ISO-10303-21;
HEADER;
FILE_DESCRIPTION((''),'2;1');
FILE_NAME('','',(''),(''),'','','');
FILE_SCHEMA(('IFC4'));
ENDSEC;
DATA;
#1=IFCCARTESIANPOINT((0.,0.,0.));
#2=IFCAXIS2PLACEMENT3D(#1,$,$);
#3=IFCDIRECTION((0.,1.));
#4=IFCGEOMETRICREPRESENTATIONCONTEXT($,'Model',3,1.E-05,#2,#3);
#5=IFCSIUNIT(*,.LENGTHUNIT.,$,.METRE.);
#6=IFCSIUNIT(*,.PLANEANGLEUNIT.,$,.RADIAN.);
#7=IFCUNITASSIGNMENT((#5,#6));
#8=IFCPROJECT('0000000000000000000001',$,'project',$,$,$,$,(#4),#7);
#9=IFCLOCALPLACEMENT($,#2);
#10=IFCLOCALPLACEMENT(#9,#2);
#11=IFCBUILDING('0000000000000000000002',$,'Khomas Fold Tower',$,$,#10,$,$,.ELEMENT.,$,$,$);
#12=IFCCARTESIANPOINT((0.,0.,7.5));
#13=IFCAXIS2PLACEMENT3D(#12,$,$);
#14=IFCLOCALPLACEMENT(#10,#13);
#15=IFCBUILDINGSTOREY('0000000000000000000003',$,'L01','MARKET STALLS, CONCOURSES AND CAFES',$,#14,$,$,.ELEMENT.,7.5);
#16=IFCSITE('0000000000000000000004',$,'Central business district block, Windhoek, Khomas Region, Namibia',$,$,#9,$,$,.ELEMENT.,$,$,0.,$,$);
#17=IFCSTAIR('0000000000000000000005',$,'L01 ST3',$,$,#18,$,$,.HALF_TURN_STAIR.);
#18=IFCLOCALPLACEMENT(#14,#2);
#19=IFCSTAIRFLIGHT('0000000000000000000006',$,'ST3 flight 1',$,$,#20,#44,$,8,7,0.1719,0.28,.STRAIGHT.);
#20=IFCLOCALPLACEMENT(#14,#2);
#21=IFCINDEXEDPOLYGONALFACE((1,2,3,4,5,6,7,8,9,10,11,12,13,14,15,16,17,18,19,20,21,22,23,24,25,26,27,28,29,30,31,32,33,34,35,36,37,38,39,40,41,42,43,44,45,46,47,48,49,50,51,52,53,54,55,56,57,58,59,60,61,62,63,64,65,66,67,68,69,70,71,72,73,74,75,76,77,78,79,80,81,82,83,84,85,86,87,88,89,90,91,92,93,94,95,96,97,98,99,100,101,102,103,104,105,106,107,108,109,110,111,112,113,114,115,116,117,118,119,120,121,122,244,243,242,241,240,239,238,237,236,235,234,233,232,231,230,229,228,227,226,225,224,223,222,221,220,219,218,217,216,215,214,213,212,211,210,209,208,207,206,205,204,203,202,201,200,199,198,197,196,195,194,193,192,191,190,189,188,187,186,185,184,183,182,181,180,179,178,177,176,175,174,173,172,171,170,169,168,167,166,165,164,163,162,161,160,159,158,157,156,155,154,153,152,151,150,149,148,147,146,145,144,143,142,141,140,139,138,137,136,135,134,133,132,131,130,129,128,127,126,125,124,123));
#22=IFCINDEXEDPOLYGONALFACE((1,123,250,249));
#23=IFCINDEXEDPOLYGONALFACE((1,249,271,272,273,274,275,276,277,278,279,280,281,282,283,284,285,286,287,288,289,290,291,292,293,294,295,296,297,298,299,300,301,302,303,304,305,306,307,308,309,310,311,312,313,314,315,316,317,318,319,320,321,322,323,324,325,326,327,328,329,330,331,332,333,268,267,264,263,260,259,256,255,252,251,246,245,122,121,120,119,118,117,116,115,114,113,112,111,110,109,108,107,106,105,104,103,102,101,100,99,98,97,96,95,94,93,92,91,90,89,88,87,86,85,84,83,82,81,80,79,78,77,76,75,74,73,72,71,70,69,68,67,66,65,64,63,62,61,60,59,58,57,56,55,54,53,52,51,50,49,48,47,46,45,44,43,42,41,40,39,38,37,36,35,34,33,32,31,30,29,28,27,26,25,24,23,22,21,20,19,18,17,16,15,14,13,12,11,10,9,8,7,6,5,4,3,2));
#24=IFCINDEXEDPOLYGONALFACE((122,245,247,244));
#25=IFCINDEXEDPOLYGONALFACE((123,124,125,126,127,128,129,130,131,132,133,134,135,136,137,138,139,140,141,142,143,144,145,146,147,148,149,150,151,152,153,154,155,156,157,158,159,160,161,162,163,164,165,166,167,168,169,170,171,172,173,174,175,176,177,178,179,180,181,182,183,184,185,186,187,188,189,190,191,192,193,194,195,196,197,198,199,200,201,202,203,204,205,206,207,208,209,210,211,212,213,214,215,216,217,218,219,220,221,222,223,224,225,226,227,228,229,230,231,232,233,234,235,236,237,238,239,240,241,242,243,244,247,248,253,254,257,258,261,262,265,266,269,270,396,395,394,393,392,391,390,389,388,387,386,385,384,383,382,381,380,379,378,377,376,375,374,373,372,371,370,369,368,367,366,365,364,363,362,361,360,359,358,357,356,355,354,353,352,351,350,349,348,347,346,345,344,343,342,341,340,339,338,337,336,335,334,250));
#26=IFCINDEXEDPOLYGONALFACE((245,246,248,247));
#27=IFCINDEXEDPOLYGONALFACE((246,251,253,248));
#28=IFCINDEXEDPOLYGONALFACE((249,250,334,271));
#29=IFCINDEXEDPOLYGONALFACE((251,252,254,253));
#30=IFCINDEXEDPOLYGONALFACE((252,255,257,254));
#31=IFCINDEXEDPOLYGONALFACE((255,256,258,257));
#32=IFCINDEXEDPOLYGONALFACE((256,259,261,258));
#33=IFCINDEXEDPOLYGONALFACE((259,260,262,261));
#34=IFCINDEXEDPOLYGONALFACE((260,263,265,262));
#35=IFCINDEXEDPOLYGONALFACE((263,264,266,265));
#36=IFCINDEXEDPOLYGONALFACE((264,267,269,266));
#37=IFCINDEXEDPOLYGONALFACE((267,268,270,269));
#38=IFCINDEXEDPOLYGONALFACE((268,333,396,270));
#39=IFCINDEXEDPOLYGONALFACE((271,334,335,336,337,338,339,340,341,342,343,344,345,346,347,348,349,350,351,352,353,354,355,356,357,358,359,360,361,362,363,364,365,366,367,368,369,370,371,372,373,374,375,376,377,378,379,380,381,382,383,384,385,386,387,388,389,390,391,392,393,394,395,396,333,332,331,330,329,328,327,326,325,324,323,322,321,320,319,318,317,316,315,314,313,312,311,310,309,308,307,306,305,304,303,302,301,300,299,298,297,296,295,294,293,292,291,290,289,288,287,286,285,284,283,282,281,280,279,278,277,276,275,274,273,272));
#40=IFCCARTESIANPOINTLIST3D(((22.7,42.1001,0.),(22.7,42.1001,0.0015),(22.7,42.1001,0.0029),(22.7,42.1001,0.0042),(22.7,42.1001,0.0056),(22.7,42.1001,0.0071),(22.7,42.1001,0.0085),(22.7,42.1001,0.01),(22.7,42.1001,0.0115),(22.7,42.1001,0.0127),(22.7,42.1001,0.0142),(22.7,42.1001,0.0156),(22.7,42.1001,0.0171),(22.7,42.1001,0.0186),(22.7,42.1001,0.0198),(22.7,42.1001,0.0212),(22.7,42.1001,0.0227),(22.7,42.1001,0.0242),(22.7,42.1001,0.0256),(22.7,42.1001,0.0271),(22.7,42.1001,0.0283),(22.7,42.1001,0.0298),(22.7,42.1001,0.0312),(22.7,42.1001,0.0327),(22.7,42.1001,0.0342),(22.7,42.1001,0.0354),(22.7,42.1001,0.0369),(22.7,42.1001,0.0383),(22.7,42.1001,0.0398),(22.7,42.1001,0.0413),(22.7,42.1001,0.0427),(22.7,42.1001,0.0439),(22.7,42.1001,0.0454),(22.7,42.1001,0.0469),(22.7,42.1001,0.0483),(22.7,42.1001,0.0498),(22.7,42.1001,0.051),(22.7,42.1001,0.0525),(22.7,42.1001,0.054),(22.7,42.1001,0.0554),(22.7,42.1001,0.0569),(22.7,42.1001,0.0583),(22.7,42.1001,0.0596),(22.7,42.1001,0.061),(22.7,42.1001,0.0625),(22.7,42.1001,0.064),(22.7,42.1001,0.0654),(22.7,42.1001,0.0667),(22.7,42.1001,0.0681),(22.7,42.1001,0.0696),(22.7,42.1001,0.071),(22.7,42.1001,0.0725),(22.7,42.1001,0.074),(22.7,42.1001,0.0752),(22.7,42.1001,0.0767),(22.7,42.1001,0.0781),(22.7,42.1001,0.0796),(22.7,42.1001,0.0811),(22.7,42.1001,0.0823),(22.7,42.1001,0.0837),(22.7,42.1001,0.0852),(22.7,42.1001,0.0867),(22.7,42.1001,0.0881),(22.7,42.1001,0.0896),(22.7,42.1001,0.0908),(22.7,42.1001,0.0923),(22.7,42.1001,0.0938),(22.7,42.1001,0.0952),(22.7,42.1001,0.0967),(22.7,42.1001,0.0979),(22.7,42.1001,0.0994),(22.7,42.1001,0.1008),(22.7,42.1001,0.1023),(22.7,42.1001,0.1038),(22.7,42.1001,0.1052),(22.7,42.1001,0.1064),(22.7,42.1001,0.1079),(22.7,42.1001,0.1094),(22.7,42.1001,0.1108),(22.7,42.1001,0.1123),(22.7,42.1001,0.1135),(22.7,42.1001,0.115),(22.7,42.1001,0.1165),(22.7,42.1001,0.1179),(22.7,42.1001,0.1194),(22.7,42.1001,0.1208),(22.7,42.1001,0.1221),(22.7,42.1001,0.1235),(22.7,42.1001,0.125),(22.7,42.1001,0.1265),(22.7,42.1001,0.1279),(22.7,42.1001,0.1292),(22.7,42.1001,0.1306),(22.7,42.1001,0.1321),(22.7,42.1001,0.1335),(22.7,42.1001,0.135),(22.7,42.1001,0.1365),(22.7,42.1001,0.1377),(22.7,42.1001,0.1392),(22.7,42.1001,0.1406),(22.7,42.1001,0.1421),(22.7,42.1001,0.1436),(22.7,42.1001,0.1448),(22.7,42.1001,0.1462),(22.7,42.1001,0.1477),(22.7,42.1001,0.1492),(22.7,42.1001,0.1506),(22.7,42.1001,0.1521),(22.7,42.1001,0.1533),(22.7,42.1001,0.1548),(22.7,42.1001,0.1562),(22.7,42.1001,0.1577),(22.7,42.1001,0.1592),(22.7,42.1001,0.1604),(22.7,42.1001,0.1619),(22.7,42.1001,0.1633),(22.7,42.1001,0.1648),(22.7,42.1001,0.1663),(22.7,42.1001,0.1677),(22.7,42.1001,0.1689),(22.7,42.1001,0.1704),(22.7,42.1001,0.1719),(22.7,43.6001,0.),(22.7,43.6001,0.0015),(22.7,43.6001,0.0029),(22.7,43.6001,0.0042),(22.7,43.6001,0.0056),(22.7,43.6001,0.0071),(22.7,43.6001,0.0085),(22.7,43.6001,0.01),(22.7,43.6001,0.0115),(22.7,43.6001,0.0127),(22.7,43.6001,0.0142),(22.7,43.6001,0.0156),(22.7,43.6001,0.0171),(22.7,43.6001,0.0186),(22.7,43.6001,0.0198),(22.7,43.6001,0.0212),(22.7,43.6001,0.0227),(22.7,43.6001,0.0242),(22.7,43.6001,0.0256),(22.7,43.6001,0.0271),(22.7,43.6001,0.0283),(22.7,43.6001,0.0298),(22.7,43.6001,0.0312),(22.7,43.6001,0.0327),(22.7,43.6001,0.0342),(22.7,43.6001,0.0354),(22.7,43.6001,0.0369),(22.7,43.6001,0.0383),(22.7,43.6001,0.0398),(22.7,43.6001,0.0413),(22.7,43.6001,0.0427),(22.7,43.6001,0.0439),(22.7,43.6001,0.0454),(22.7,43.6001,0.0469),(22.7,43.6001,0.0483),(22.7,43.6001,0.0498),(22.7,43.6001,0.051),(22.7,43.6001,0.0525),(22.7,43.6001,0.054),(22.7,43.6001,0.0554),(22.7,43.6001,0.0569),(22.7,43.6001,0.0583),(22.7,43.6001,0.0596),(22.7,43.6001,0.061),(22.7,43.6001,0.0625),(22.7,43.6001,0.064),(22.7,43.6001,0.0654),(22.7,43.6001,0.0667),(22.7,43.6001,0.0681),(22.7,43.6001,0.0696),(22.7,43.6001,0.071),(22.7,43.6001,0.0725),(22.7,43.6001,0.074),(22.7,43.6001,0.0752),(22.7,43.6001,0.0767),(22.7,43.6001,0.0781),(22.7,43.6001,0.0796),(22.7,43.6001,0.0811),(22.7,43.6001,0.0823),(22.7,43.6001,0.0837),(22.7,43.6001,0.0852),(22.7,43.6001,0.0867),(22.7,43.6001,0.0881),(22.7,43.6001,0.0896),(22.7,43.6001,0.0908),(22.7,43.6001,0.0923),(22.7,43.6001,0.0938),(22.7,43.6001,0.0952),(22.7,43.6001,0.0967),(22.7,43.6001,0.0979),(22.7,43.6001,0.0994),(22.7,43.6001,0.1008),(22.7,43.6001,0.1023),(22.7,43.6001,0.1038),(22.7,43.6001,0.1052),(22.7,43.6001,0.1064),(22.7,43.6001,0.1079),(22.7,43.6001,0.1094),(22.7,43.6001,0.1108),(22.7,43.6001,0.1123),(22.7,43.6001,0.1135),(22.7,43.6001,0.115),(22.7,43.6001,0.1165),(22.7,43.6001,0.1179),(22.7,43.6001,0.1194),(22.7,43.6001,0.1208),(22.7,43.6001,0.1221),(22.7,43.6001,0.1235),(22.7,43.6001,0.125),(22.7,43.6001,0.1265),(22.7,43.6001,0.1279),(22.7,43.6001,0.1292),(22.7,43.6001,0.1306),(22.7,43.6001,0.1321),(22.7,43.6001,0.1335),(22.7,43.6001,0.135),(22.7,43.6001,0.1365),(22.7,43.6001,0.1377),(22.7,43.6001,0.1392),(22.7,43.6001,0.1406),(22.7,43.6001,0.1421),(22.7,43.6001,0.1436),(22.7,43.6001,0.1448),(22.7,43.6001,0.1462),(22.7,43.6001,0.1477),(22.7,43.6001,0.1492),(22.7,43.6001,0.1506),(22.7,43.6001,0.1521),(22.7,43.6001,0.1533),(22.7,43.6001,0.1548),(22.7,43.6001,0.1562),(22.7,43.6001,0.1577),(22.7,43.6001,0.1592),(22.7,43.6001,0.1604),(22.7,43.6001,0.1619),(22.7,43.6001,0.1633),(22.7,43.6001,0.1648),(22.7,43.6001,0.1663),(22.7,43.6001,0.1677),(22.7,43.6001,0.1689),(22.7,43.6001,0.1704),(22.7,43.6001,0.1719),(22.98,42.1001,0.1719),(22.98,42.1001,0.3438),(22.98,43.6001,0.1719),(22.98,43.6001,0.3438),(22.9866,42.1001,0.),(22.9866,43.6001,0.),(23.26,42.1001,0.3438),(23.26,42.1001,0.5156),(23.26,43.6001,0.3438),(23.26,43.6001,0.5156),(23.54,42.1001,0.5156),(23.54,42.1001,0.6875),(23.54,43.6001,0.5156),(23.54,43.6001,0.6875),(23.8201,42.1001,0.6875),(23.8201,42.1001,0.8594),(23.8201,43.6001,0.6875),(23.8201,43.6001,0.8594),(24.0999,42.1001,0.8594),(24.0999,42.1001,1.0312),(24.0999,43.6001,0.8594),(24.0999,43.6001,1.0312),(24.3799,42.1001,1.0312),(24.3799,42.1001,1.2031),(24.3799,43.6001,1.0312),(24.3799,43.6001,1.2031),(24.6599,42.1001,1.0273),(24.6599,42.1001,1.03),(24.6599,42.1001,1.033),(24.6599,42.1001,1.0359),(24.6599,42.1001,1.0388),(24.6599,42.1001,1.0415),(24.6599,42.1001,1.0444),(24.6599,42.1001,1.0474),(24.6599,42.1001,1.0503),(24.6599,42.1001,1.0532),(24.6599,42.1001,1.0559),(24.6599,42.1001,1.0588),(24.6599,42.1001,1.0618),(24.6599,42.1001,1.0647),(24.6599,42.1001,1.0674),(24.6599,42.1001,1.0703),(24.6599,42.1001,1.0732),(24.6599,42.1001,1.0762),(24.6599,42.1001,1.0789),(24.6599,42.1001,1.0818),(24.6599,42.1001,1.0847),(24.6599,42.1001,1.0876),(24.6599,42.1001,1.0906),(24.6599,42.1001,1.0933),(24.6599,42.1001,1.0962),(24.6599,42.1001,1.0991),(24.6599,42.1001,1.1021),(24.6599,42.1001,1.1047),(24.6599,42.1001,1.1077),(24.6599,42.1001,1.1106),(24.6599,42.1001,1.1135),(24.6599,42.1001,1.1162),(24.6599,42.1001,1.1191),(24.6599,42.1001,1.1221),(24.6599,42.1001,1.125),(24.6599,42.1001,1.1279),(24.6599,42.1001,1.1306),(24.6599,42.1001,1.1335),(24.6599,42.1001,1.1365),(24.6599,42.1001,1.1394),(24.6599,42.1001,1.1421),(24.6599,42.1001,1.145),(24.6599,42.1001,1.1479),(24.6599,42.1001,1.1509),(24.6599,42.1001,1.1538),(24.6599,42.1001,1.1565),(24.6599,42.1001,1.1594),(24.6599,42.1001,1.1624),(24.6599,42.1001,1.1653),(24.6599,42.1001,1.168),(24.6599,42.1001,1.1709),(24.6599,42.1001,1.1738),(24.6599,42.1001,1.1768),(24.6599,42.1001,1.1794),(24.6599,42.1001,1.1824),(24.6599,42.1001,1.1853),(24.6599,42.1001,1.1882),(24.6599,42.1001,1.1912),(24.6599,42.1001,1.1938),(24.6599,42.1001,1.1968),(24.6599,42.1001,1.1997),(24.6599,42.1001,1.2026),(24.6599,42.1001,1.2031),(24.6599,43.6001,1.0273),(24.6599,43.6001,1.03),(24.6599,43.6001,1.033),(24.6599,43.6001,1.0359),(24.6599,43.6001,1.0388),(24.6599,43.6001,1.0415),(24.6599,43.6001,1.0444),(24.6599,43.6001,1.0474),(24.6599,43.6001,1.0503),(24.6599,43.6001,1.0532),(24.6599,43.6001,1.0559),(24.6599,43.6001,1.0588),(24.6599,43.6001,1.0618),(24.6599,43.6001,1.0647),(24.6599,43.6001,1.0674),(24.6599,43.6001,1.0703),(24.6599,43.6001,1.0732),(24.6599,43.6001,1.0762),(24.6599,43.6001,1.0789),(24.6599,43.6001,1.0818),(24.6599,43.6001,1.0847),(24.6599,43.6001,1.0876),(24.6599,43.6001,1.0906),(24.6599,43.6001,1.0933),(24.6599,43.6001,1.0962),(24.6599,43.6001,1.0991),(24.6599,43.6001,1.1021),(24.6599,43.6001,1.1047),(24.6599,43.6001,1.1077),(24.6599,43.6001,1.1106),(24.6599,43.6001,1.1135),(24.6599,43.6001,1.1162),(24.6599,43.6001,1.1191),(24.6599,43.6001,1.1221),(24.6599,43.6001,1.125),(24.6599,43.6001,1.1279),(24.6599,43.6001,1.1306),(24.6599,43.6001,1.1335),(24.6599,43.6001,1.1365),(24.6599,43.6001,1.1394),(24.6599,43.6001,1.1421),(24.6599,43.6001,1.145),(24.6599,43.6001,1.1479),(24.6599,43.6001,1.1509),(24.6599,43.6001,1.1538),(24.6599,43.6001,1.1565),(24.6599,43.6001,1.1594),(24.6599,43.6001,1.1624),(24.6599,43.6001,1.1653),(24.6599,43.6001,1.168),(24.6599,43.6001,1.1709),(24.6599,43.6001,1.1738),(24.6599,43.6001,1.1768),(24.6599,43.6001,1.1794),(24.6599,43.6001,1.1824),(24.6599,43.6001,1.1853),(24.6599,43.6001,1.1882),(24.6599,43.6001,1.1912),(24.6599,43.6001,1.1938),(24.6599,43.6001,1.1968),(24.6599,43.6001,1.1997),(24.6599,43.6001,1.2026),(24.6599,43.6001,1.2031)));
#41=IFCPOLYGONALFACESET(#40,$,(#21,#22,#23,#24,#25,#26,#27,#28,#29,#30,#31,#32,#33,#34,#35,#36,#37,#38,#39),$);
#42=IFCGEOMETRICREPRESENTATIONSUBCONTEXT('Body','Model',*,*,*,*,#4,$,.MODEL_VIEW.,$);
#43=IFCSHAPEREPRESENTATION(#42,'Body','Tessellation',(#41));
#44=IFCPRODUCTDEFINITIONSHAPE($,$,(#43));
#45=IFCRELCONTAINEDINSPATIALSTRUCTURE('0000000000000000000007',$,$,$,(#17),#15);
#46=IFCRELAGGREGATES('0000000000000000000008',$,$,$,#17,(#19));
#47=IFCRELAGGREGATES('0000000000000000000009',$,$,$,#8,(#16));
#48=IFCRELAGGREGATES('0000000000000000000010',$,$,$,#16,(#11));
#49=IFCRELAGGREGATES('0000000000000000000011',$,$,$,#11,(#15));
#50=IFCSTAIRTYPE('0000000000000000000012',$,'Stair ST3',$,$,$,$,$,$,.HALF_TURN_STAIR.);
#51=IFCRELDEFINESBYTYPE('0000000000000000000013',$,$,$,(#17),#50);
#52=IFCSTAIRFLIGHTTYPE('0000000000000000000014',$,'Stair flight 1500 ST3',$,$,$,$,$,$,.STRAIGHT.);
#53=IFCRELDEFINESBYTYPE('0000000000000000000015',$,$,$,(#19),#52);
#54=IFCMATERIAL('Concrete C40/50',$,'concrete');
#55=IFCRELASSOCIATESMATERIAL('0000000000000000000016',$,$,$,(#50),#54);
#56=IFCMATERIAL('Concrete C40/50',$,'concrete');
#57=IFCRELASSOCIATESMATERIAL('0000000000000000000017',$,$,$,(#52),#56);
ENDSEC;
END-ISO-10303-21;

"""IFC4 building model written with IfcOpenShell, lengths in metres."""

from ifc_helpers import new_model, si_unit, direction, frame, origin, place, context, subcontext, project, spatial, polyline, outline, extrude, source, transform, mapped, material, type_object, element, aggregate, save


model = new_model("IFC4")

# Units and contexts
model_context = context("Model", 3, precision=1e-05, world=origin(), true_north=direction((0.0, 1.0)))
body_context = subcontext(model_context, "Body", "Model", "MODEL_VIEW")
ifc_project = project(units=[si_unit("LENGTHUNIT", "METRE"), si_unit("PLANEANGLEUNIT", "RADIAN")], contexts=[model_context])

# Site, building, storey
site_placement = place(None, origin())
site = spatial("IfcSite", under=ifc_project, at=site_placement, Name="Central business district block, Windhoek, Khomas Region, Namibia", CompositionType="ELEMENT", RefElevation=0.0)
building_placement = place(site_placement, origin())
building = spatial("IfcBuilding", under=site, at=building_placement, Name="Khomas Fold Tower", CompositionType="ELEMENT")
storey_placement = place(building_placement, frame((0.0, 0.0, 7.5)))
storey = spatial("IfcBuildingStorey", under=building, at=storey_placement, Name="L01", Description="MARKET STALLS, CONCOURSES AND CAFES", CompositionType="ELEMENT", Elevation=7.5)

# Stair, stair flight
shared_shape_1 = source(origin(), body_context, "Body", "SweptSolid", [
    extrude(outline(polyline([(0.0, 0.0), (0.0, 0.0015), (0.0, 0.0029), (0.0, 0.0042), (0.0, 0.0056), (0.0, 0.0071), (0.0, 0.0085), (0.0, 0.01), (0.0, 0.0115), (0.0, 0.0127), (0.0, 0.0142), (0.0, 0.0156), (0.0, 0.0171), (0.0, 0.0186), (0.0, 0.0198), (0.0, 0.0212), (0.0, 0.0227), (0.0, 0.0242), (0.0, 0.0256), (0.0, 0.0271), (0.0, 0.0283), (0.0, 0.0298), (0.0, 0.0312), (0.0, 0.0327), (0.0, 0.0342), (0.0, 0.0354), (0.0, 0.0369), (0.0, 0.0383), (0.0, 0.0398), (0.0, 0.0413), (0.0, 0.0427), (0.0, 0.0439), (0.0, 0.0454), (0.0, 0.0469), (0.0, 0.0483), (0.0, 0.0498), (0.0, 0.051), (0.0, 0.0525), (0.0, 0.054), (0.0, 0.0554), (0.0, 0.0569), (0.0, 0.0583), (0.0, 0.0596), (0.0, 0.061), (0.0, 0.0625), (0.0, 0.064), (0.0, 0.0654), (0.0, 0.0667), (0.0, 0.0681), (0.0, 0.0696), (0.0, 0.071), (0.0, 0.0725), (0.0, 0.074), (0.0, 0.0752), (0.0, 0.0767), (0.0, 0.0781), (0.0, 0.0796), (0.0, 0.0811), (0.0, 0.0823), (0.0, 0.0837), (0.0, 0.0852), (0.0, 0.0867), (0.0, 0.0881), (0.0, 0.0896), (0.0, 0.0908), (0.0, 0.0923), (0.0, 0.0938), (0.0, 0.0952), (0.0, 0.0967), (0.0, 0.0979), (0.0, 0.0994), (0.0, 0.1008), (0.0, 0.1023), (0.0, 0.1038), (0.0, 0.1052), (0.0, 0.1064), (0.0, 0.1079), (0.0, 0.1094), (0.0, 0.1108), (0.0, 0.1123), (0.0, 0.1135), (0.0, 0.115), (0.0, 0.1165), (0.0, 0.1179), (0.0, 0.1194), (0.0, 0.1208), (0.0, 0.1221), (0.0, 0.1235), (0.0, 0.125), (0.0, 0.1265), (0.0, 0.1279), (0.0, 0.1292), (0.0, 0.1306), (0.0, 0.1321), (0.0, 0.1335), (0.0, 0.135), (0.0, 0.1365), (0.0, 0.1377), (0.0, 0.1392), (0.0, 0.1406), (0.0, 0.1421), (0.0, 0.1436), (0.0, 0.1448), (0.0, 0.1462), (0.0, 0.1477), (0.0, 0.1492), (0.0, 0.1506), (0.0, 0.1521), (0.0, 0.1533), (0.0, 0.1548), (0.0, 0.1562), (0.0, 0.1577), (0.0, 0.1592), (0.0, 0.1604), (0.0, 0.1619), (0.0, 0.1633), (0.0, 0.1648), (0.0, 0.1663), (0.0, 0.1677), (0.0, 0.1689), (0.0, 0.1704), (0.0, 0.1719), (0.28, 0.1719), (0.28, 0.3438), (0.5601, 0.3438), (0.5601, 0.5156), (0.8401, 0.5156), (0.8401, 0.6875), (1.1201, 0.6875), (1.1201, 0.8594), (1.3999, 0.8594), (1.3999, 1.0312), (1.6799, 1.0312), (1.6799, 1.2031), (1.96, 1.2031), (1.96, 1.375), (1.96, 1.3721), (1.96, 1.3691), (1.96, 1.3665), (1.96, 1.3635), (1.96, 1.3606), (1.96, 1.3577), (1.96, 1.355), (1.96, 1.3521), (1.96, 1.3491), (1.96, 1.3462), (1.96, 1.3435), (1.96, 1.3406), (1.96, 1.3376), (1.96, 1.3347), (1.96, 1.3318), (1.96, 1.3291), (1.96, 1.3262), (1.96, 1.3232), (1.96, 1.3203), (1.96, 1.3176), (1.96, 1.3147), (1.96, 1.3118), (1.96, 1.3088), (1.96, 1.3059), (1.96, 1.3032), (1.96, 1.3003), (1.96, 1.2974), (1.96, 1.2944), (1.96, 1.2917), (1.96, 1.2888), (1.96, 1.2859), (1.96, 1.283), (1.96, 1.2803), (1.96, 1.2773), (1.96, 1.2744), (1.96, 1.2715), (1.96, 1.2686), (1.96, 1.2659), (1.96, 1.2629), (1.96, 1.26), (1.96, 1.2571), (1.96, 1.2544), (1.96, 1.2515), (1.96, 1.2485), (1.96, 1.2456), (1.96, 1.2427), (1.96, 1.24), (1.96, 1.2371), (1.96, 1.2341), (1.96, 1.2312), (1.96, 1.2285), (1.96, 1.2256), (1.96, 1.2227), (1.96, 1.2197), (1.96, 1.217), (1.96, 1.2141), (1.96, 1.2112), (1.96, 1.2083), (1.96, 1.2053), (1.96, 1.2026), (1.96, 1.1997), (1.96, 1.1968), (1.96, 1.1938), (1.96, 1.1912), (1.96, 1.1882), (1.96, 1.1853), (1.96, 1.1824), (1.96, 1.1794), (1.96, 1.1768), (1.96, 1.1738), (1.96, 1.1709), (1.96, 1.168), (1.96, 1.1653), (1.96, 1.1624), (1.96, 1.1594), (1.96, 1.1565), (1.96, 1.1538), (1.96, 1.1509), (1.96, 1.1479), (1.96, 1.145), (1.96, 1.1421), (1.96, 1.1394), (1.96, 1.1365), (1.96, 1.1335), (1.96, 1.1306), (1.96, 1.1279), (1.96, 1.125), (1.96, 1.1221), (1.96, 1.1191), (1.96, 1.1162), (1.96, 1.1135), (1.96, 1.1106), (1.96, 1.1077), (1.96, 1.1047), (1.96, 1.1021), (1.96, 1.0991), (1.96, 1.0962), (1.96, 1.0933), (1.96, 1.0906), (1.96, 1.0876), (1.96, 1.0847), (1.96, 1.0818), (1.96, 1.0789), (1.96, 1.0762), (1.96, 1.0732), (1.96, 1.0703), (1.96, 1.0674), (1.96, 1.0647), (1.96, 1.0618), (1.96, 1.0588), (1.96, 1.0559), (1.96, 1.0532), (1.96, 1.0503), (1.96, 1.0474), (1.96, 1.0444), (1.96, 1.0415), (1.96, 1.0388), (1.96, 1.0359), (1.96, 1.033), (1.96, 1.03), (1.96, 1.0273), (0.2866, 0.0), (0.0, 0.0)])), frame((0.0, 0.75, 0.0), z_axis=(0.0, -1.0, 0.0), x_axis=(1.0, 0.0, 0.0)), (0.0, 0.0, 1.0), 1.5),
])
ifc_material_1 = material(Name="Concrete C40/50", Category="concrete")
stair_type_1 = type_object("IfcStairType", Name="Stair ST3", PredefinedType="HALF_TURN_STAIR", material=ifc_material_1)
stair_1_placement = place(storey_placement, origin())
stair_1 = element("IfcStair", 1, at=stair_1_placement, inside=storey, type_object=stair_type_1, Name="L01 ST3", PredefinedType="HALF_TURN_STAIR")
ifc_material_2 = material(Name="Concrete C40/50", Category="concrete")
stair_flight_type_1 = type_object("IfcStairFlightType", Name="Stair flight 1500 ST3", PredefinedType="STRAIGHT", material=ifc_material_2)
stair_flight_1_placement = place(storey_placement, frame((22.7, 42.8501, 0.0), z_axis=(0.0, 0.0, 1.0), x_axis=(1.0, 0.0, 0.0)))
stair_flight_1 = element("IfcStairFlight", 2, at=stair_flight_1_placement, type_object=stair_flight_type_1, Name="ST3 flight 1", NumberOfRisers=8, NumberOfTreads=7, PredefinedType="STRAIGHT", RiserHeight=0.1719, TreadLength=0.28, context=body_context, shape_type="MappedRepresentation", body=[
    mapped(shared_shape_1, transform((0.0, 0.0, 0.0))),
])
aggregate(stair_1, [stair_flight_1])

save(model, "model.ifc")
